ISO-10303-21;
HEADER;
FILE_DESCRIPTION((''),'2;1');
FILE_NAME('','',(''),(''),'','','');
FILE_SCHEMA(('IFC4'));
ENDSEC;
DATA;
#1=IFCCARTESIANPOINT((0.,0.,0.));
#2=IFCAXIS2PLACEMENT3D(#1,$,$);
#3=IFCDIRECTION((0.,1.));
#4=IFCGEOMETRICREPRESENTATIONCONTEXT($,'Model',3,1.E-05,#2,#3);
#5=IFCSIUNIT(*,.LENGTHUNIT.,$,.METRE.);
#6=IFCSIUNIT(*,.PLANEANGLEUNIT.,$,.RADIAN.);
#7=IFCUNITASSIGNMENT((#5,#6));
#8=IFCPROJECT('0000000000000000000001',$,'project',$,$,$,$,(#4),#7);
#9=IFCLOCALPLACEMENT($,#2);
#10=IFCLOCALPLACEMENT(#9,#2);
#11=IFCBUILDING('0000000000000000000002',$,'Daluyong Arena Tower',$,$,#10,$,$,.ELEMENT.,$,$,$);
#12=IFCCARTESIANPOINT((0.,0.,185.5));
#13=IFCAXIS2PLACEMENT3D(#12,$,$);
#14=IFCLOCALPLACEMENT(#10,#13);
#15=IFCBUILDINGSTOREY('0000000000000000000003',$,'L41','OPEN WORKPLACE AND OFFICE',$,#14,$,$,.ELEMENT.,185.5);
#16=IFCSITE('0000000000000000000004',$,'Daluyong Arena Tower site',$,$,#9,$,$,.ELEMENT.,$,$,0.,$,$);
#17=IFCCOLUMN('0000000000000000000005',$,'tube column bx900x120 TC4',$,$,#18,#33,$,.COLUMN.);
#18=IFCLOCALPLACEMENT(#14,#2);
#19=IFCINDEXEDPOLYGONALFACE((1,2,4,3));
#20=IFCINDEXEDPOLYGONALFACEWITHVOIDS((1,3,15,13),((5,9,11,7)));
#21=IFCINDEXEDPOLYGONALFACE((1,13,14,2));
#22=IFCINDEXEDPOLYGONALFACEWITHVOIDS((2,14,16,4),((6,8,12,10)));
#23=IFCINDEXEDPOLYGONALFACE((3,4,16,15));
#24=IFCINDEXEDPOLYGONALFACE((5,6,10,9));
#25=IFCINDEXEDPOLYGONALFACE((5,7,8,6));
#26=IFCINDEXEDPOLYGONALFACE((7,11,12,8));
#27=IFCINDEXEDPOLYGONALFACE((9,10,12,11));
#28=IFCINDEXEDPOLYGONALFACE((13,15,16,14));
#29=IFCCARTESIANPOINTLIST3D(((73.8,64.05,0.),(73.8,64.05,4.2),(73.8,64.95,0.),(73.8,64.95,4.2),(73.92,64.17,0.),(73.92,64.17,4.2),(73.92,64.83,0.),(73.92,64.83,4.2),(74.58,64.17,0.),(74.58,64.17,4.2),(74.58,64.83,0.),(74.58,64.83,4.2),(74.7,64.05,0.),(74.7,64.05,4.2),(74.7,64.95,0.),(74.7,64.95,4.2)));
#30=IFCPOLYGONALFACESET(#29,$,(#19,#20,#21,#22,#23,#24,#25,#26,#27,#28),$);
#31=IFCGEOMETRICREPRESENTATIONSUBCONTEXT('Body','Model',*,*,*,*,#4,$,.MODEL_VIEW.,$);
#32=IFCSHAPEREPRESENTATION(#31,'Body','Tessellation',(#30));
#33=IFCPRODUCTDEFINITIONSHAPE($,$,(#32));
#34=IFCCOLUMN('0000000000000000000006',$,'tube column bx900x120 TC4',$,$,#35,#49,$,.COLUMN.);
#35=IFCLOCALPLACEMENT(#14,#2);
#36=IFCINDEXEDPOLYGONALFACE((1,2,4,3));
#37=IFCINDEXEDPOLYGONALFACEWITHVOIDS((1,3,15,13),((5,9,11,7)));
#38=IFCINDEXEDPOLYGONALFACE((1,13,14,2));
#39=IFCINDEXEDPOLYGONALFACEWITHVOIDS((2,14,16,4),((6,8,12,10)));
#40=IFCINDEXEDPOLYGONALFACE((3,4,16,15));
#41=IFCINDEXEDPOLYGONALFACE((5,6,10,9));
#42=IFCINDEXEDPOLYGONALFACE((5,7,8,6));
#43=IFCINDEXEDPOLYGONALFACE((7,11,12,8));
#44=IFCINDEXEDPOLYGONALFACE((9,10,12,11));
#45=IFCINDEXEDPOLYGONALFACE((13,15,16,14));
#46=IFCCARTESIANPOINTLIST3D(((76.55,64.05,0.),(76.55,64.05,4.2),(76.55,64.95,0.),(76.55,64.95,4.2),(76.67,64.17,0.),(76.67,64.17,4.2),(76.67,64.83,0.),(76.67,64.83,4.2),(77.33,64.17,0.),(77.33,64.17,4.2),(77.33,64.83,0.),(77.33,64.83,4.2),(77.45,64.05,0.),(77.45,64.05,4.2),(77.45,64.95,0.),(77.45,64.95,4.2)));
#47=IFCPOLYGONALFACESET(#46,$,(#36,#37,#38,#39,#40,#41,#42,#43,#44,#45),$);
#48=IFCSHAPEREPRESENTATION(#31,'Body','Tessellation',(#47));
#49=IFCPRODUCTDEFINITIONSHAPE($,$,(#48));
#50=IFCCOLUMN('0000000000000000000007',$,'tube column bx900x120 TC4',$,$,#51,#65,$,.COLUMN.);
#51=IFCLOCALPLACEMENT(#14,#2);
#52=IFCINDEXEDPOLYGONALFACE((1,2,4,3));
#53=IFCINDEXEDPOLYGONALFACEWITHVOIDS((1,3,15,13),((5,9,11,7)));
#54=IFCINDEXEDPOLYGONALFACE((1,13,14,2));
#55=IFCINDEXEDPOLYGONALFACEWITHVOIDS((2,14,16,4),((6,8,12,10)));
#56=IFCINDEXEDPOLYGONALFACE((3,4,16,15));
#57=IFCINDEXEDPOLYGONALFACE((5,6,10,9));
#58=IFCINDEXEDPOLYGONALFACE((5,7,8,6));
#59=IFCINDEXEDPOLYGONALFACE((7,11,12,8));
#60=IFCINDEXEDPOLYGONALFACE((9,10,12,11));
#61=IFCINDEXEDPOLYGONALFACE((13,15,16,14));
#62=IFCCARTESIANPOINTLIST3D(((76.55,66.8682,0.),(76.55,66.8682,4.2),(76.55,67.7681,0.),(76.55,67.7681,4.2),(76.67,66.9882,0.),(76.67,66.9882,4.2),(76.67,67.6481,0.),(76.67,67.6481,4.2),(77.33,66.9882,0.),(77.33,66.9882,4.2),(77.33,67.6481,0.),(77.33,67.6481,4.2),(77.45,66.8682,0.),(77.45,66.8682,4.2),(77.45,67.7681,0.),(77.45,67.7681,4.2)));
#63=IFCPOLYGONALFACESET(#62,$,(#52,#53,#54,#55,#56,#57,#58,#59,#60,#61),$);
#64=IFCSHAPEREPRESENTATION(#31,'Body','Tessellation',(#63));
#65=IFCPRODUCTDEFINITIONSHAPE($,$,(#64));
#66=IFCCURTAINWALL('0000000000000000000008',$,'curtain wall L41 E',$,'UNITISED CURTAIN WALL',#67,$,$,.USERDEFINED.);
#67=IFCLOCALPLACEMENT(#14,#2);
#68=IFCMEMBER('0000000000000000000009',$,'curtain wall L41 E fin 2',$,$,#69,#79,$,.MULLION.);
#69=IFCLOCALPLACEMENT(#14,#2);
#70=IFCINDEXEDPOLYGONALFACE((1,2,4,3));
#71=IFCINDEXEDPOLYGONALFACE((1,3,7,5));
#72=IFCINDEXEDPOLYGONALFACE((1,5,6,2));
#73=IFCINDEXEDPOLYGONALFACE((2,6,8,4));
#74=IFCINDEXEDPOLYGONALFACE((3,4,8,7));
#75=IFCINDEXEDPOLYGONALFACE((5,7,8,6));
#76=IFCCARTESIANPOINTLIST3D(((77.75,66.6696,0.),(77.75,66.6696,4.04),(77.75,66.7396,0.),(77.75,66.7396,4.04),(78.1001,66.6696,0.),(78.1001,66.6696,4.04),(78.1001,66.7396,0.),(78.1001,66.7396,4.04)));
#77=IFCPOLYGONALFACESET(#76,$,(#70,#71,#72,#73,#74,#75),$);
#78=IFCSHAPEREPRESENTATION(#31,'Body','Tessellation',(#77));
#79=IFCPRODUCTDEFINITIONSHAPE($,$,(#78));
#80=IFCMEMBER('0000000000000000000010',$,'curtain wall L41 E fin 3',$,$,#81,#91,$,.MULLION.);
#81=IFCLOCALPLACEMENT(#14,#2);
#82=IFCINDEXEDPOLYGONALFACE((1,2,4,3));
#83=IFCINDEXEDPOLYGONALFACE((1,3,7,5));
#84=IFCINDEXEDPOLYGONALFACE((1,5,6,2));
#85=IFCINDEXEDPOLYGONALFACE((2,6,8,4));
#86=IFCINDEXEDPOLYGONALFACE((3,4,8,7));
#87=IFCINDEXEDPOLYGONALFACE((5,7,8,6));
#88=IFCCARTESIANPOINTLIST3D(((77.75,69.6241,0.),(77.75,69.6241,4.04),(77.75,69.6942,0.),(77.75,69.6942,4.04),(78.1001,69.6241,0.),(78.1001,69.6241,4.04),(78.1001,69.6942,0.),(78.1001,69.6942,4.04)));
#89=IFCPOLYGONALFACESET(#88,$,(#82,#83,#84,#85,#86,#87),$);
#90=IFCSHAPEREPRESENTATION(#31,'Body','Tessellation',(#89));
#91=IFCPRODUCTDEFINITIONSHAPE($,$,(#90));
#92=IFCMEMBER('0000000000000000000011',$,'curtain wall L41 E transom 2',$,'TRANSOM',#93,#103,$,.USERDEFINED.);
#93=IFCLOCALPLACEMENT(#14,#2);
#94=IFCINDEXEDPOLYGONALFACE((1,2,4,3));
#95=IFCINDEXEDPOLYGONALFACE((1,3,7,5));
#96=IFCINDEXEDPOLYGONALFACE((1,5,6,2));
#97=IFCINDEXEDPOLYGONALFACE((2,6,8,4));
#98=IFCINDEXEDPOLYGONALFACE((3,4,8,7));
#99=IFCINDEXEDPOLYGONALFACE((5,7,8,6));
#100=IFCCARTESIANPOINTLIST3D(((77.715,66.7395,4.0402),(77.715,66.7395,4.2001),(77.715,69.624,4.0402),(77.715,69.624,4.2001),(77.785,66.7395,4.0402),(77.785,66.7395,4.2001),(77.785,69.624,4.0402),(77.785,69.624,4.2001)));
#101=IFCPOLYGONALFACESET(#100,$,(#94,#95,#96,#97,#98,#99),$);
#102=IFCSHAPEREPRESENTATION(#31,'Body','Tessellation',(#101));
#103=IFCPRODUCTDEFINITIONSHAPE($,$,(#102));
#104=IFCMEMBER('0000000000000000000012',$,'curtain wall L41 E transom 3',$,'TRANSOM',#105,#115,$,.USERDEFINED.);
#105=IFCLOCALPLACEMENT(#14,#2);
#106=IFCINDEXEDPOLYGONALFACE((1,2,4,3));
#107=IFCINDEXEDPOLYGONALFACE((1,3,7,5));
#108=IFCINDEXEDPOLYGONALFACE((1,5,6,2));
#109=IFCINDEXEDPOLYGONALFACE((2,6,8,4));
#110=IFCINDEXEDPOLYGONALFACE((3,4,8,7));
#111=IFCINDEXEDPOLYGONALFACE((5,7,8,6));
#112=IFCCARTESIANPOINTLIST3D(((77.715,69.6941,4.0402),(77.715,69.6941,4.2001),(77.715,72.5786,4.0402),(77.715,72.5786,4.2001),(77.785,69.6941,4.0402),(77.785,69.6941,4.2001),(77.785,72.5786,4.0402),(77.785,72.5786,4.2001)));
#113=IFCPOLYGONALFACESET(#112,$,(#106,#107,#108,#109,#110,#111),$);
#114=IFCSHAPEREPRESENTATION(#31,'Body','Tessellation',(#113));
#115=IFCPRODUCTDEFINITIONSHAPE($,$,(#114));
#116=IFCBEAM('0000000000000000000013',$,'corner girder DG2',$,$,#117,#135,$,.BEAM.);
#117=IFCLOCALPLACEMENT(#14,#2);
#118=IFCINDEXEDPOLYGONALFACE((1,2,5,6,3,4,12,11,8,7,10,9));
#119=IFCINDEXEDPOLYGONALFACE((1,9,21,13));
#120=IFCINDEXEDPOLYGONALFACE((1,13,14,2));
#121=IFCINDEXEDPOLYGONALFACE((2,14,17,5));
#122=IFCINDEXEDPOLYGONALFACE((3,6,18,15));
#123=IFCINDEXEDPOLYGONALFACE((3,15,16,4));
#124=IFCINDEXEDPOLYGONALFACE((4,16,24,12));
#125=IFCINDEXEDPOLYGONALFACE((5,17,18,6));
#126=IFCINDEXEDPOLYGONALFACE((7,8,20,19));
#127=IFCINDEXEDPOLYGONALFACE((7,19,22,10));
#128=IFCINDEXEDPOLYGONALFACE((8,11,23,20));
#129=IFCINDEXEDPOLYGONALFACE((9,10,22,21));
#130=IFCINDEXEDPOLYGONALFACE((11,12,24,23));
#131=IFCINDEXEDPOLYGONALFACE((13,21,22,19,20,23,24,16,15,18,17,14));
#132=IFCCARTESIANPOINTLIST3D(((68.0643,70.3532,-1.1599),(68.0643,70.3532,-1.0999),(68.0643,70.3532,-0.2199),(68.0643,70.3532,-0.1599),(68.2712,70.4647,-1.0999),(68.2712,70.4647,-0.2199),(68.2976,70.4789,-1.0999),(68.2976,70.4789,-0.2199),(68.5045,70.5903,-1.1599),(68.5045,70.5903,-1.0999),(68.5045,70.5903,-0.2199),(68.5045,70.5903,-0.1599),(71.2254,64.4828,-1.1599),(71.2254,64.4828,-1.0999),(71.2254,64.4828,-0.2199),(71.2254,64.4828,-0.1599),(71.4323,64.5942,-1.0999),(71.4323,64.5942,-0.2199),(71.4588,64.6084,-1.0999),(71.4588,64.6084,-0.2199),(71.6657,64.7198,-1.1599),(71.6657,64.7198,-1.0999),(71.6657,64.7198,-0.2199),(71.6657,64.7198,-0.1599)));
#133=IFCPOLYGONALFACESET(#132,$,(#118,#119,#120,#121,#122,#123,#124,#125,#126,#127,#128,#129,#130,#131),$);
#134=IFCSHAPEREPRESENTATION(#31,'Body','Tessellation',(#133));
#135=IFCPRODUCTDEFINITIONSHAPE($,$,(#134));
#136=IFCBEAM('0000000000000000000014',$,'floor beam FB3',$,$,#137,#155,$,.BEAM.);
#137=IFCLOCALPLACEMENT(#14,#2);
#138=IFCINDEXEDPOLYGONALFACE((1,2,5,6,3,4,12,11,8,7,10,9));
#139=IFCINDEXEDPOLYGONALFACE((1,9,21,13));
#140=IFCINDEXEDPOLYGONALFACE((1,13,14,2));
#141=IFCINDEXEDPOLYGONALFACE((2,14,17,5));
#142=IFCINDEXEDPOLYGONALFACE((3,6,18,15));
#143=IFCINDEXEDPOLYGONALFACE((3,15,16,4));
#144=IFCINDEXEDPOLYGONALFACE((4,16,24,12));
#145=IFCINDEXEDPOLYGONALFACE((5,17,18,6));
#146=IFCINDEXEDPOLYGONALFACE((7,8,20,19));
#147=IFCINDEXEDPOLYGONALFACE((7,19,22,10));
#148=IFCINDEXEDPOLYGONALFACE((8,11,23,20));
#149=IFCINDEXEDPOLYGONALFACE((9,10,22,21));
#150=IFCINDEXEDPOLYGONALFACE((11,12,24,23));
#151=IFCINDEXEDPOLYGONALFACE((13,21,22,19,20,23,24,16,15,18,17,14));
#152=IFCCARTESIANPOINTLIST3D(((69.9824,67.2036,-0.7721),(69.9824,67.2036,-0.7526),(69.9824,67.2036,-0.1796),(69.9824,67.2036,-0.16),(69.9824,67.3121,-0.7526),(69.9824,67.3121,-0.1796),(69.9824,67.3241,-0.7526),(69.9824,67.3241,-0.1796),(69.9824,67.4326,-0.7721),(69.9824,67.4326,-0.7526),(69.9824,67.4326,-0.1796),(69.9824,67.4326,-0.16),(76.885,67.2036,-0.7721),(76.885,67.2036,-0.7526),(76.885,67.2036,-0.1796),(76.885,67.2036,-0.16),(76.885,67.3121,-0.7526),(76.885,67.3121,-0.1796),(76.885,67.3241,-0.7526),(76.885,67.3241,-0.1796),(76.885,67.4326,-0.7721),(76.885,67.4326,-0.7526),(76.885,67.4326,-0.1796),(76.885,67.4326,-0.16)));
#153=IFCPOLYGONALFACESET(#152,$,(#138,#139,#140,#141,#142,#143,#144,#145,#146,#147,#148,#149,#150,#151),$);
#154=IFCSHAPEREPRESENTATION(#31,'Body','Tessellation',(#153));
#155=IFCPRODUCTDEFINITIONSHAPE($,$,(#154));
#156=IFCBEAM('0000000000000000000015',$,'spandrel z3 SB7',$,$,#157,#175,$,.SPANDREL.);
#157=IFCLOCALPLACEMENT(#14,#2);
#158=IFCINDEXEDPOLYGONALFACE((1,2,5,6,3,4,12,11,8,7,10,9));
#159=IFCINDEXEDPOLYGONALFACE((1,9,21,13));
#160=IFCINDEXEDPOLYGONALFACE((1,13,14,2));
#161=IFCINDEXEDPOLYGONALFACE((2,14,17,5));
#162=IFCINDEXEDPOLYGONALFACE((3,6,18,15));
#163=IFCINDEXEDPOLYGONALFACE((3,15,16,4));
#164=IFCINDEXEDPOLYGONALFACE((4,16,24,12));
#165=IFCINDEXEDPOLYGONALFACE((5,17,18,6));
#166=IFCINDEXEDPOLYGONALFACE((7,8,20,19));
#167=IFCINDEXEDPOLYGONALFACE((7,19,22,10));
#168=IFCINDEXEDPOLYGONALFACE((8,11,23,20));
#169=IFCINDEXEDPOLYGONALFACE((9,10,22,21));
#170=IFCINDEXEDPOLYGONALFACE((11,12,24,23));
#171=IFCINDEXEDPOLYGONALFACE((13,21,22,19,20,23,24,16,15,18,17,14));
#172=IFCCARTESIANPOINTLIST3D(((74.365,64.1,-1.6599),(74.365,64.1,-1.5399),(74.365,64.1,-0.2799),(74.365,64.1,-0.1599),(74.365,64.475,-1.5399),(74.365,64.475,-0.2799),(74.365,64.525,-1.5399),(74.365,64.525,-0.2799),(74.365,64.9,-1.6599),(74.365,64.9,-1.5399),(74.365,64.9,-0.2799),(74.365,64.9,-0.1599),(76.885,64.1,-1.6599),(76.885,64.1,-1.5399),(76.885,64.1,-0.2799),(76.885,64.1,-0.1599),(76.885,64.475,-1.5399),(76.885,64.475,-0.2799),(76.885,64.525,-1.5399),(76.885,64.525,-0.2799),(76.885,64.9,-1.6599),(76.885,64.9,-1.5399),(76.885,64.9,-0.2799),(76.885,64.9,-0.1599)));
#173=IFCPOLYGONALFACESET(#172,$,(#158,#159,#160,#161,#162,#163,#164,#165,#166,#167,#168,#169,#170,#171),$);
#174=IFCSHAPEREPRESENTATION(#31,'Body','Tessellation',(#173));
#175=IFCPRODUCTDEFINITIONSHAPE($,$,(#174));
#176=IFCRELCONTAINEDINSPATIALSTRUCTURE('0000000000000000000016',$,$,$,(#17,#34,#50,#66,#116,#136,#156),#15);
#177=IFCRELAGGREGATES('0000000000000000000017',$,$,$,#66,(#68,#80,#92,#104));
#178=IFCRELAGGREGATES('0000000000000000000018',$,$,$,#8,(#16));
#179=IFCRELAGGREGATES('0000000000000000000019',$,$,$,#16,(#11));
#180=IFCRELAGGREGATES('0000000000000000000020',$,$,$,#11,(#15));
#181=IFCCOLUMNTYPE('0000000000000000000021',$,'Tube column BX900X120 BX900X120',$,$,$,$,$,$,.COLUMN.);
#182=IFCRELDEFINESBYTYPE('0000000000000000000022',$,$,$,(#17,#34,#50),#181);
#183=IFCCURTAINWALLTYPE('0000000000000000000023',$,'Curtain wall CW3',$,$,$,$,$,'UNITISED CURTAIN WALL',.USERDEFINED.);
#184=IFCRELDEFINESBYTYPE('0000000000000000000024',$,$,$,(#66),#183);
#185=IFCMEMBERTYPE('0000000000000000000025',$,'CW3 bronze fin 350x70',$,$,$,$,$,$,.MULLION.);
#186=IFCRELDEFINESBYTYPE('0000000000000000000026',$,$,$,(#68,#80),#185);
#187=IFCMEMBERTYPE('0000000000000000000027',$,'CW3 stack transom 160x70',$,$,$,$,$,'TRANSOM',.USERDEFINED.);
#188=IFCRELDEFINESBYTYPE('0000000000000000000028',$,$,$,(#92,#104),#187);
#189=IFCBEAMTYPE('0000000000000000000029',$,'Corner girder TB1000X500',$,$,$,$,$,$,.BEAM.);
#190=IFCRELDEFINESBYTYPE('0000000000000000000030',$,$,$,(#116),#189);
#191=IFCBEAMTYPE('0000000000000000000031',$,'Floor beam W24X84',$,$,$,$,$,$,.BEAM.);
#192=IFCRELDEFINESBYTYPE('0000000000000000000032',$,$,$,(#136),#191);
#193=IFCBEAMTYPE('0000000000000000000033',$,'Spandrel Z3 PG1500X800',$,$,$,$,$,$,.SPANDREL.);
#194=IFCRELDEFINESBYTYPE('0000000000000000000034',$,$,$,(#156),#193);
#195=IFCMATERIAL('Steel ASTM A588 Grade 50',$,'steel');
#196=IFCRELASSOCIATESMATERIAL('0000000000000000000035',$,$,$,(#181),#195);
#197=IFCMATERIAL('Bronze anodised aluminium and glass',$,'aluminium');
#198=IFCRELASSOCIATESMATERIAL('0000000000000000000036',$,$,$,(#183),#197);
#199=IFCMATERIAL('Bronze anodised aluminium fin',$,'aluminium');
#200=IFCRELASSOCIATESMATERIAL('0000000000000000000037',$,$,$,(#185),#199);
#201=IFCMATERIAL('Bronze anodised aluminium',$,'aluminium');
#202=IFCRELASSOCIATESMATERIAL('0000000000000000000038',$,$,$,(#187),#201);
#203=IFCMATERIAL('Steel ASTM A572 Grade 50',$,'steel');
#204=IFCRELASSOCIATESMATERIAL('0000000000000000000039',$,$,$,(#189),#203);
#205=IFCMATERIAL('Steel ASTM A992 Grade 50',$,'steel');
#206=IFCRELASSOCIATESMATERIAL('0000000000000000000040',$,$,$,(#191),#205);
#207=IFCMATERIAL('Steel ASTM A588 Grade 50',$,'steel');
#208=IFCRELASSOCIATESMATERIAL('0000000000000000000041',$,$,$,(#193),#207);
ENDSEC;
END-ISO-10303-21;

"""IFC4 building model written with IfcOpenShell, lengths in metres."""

from ifc_helpers import new_model, si_unit, direction, frame, origin, origin_2d, place, context, subcontext, project, spatial, rectangle, hollow_rectangle, i_section, extrude, material, material_profile, profile_set, type_object, element, aggregate, save


model = new_model("IFC4")

# Units and contexts
model_context = context("Model", 3, precision=1e-05, world=origin(), true_north=direction((0.0, 1.0)))
body_context = subcontext(model_context, "Body", "Model", "MODEL_VIEW")
ifc_project = project(units=[si_unit("LENGTHUNIT", "METRE"), si_unit("PLANEANGLEUNIT", "RADIAN")], contexts=[model_context])

# Site, building, storey
site_placement = place(None, origin())
site = spatial("IfcSite", under=ifc_project, at=site_placement, Name="Daluyong Arena Tower site", CompositionType="ELEMENT", RefElevation=0.0)
building_placement = place(site_placement, origin())
building = spatial("IfcBuilding", under=site, at=building_placement, Name="Daluyong Arena Tower", CompositionType="ELEMENT")
storey_placement = place(building_placement, frame((0.0, 0.0, 185.5)))
storey = spatial("IfcBuildingStorey", under=building, at=storey_placement, Name="L41", Description="OPEN WORKPLACE AND OFFICE", CompositionType="ELEMENT", Elevation=185.5)

# Columns
ifc_material_1 = material(Name="Steel ASTM A588 Grade 50", Category="steel")
ifc_material_profile_1 = material_profile(ifc_material_1, hollow_rectangle(XDim=0.8999, YDim=0.8999, WallThickness=0.12, at=origin_2d()))
ifc_profile_set_1 = profile_set([ifc_material_profile_1], Name="Steel ASTM A588 Grade 50")
column_type = type_object("IfcColumnType", Name="Tube column BX900X120 BX900X120", PredefinedType="COLUMN", material=ifc_profile_set_1)
for number, where, z_axis, x_axis, name in (
    (1, (74.25, 64.5, 0.0), (0.0, 0.0, 1.0), (1.0, 0.0, 0.0), "tube column bx900x120 TC4"),
    (2, (77.0, 64.5, 0.0), (0.0, 0.0, 1.0), (0.0, 1.0, 0.0), "tube column bx900x120 TC4"),
    (3, (77.0, 67.3181, 0.0), (0.0, 0.0, 1.0), (0.0, 1.0, 0.0), "tube column bx900x120 TC4"),
):
    element("IfcColumn", number, at=place(storey_placement, frame(where, z_axis=z_axis, x_axis=x_axis)), inside=storey, type_object=column_type, Name=name, PredefinedType="COLUMN", context=body_context, shape_type="SweptSolid", body=[
        extrude(hollow_rectangle(XDim=0.8999, YDim=0.8999, WallThickness=0.12, at=origin_2d()), origin(), (0.0, 0.0, 1.0), 4.2),
    ])

# Curtain wall, members
ifc_material_2 = material(Name="Bronze anodised aluminium and glass", Category="aluminium")
curtain_wall_type = type_object("IfcCurtainWallType", Name="Curtain wall CW3", ElementType="UNITISED CURTAIN WALL", PredefinedType="USERDEFINED", material=ifc_material_2)
curtain_wall_placement = place(storey_placement, origin())
curtain_wall = element("IfcCurtainWall", 4, at=curtain_wall_placement, inside=storey, type_object=curtain_wall_type, Name="curtain wall L41 E", ObjectType="UNITISED CURTAIN WALL", PredefinedType="USERDEFINED")
ifc_material_3 = material(Name="Bronze anodised aluminium fin", Category="aluminium")
ifc_material_profile_2 = material_profile(ifc_material_3, rectangle(XDim=0.3501, YDim=0.0701, at=origin_2d()))
ifc_profile_set_2 = profile_set([ifc_material_profile_2], Name="Bronze anodised aluminium fin")
member_type_1 = type_object("IfcMemberType", Name="CW3 bronze fin 350x70", PredefinedType="MULLION", material=ifc_profile_set_2)
member_1_placement = place(storey_placement, frame((77.925, 66.7046, 0.0), z_axis=(0.0, 0.0, 1.0), x_axis=(-1.0, 0.0, 0.0)))
member_1 = element("IfcMember", 5, at=member_1_placement, type_object=member_type_1, Name="curtain wall L41 E fin 2", PredefinedType="MULLION", context=body_context, shape_type="SweptSolid", body=[
    extrude(rectangle(XDim=0.3501, YDim=0.0701, at=origin_2d()), origin(), (0.0, 0.0, 1.0), 4.04),
])
member_2_placement = place(storey_placement, frame((77.925, 69.6592, 0.0), z_axis=(0.0, 0.0, 1.0), x_axis=(-1.0, 0.0, 0.0)))
member_2 = element("IfcMember", 6, at=member_2_placement, type_object=member_type_1, Name="curtain wall L41 E fin 3", PredefinedType="MULLION", context=body_context, shape_type="SweptSolid", body=[
    extrude(rectangle(XDim=0.3501, YDim=0.0701, at=origin_2d()), origin(), (0.0, 0.0, 1.0), 4.04),
])
ifc_material_4 = material(Name="Bronze anodised aluminium", Category="aluminium")
ifc_material_profile_3 = material_profile(ifc_material_4, rectangle(XDim=0.0701, YDim=0.1599, at=origin_2d()))
ifc_profile_set_3 = profile_set([ifc_material_profile_3], Name="Bronze anodised aluminium")
member_type_2 = type_object("IfcMemberType", Name="CW3 stack transom 160x70", ElementType="TRANSOM", PredefinedType="USERDEFINED", material=ifc_profile_set_3)
member_3_placement = place(storey_placement, frame((77.75, 66.7395, 4.1201), z_axis=(0.0, 1.0, 0.0), x_axis=(-1.0, 0.0, 0.0)))
member_3 = element("IfcMember", 7, at=member_3_placement, type_object=member_type_2, Name="curtain wall L41 E transom 2", ObjectType="TRANSOM", PredefinedType="USERDEFINED", context=body_context, shape_type="SweptSolid", body=[
    extrude(rectangle(XDim=0.0701, YDim=0.1599, at=origin_2d()), origin(), (0.0, 0.0, 1.0), 2.8845),
])
member_4_placement = place(storey_placement, frame((77.75, 69.6941, 4.1201), z_axis=(0.0, 1.0, 0.0), x_axis=(-1.0, 0.0, 0.0)))
member_4 = element("IfcMember", 8, at=member_4_placement, type_object=member_type_2, Name="curtain wall L41 E transom 3", ObjectType="TRANSOM", PredefinedType="USERDEFINED", context=body_context, shape_type="SweptSolid", body=[
    extrude(rectangle(XDim=0.0701, YDim=0.1599, at=origin_2d()), origin(), (0.0, 0.0, 1.0), 2.8845),
])

# Beams
ifc_material_5 = material(Name="Steel ASTM A572 Grade 50", Category="steel")
ifc_material_profile_4 = material_profile(ifc_material_5, i_section(OverallWidth=0.5, OverallDepth=1.0, WebThickness=0.03, FlangeThickness=0.06, at=origin_2d()))
ifc_profile_set_4 = profile_set([ifc_material_profile_4], Name="Steel ASTM A572 Grade 50")
beam_type_1 = type_object("IfcBeamType", Name="Corner girder TB1000X500", PredefinedType="BEAM", material=ifc_profile_set_4)
beam_1_placement = place(storey_placement, frame((71.4456, 64.6013, -0.6599), z_axis=(-0.474119, 0.880461, 0.0), x_axis=(-0.880461, -0.474119, 0.0)))
element("IfcBeam", 9, at=beam_1_placement, inside=storey, type_object=beam_type_1, Name="corner girder DG2", PredefinedType="BEAM", context=body_context, shape_type="SweptSolid", body=[
    extrude(i_section(OverallWidth=0.5, OverallDepth=1.0, WebThickness=0.03, FlangeThickness=0.06, at=origin_2d()), origin(), (0.0, 0.0, 1.0), 6.6675),
])
ifc_material_6 = material(Name="Steel ASTM A992 Grade 50", Category="steel")
ifc_material_profile_5 = material_profile(ifc_material_6, i_section(OverallWidth=0.229, OverallDepth=0.6121, WebThickness=0.012, FlangeThickness=0.0195, at=origin_2d()))
ifc_profile_set_5 = profile_set([ifc_material_profile_5], Name="Steel ASTM A992 Grade 50")
beam_type_2 = type_object("IfcBeamType", Name="Floor beam W24X84", PredefinedType="BEAM", material=ifc_profile_set_5)
beam_2_placement = place(storey_placement, frame((76.885, 67.3181, -0.4661), z_axis=(-1.0, 0.0, 0.0), x_axis=(0.0, -1.0, 0.0)))
element("IfcBeam", 10, at=beam_2_placement, inside=storey, type_object=beam_type_2, Name="floor beam FB3", PredefinedType="BEAM", context=body_context, shape_type="SweptSolid", body=[
    extrude(i_section(OverallWidth=0.229, OverallDepth=0.6121, WebThickness=0.012, FlangeThickness=0.0195, at=origin_2d()), origin(), (0.0, 0.0, 1.0), 6.9026),
])
ifc_material_7 = material(Name="Steel ASTM A588 Grade 50", Category="steel")
ifc_material_profile_6 = material_profile(ifc_material_7, i_section(OverallWidth=0.8, OverallDepth=1.5, WebThickness=0.05, FlangeThickness=0.12, at=origin_2d()))
ifc_profile_set_6 = profile_set([ifc_material_profile_6], Name="Steel ASTM A588 Grade 50")
beam_type_3 = type_object("IfcBeamType", Name="Spandrel Z3 PG1500X800", PredefinedType="SPANDREL", material=ifc_profile_set_6)
beam_3_placement = place(storey_placement, frame((74.365, 64.5, -0.9099), z_axis=(1.0, 0.0, 0.0), x_axis=(0.0, 1.0, 0.0)))
element("IfcBeam", 11, at=beam_3_placement, inside=storey, type_object=beam_type_3, Name="spandrel z3 SB7", PredefinedType="SPANDREL", context=body_context, shape_type="SweptSolid", body=[
    extrude(i_section(OverallWidth=0.8, OverallDepth=1.5, WebThickness=0.05, FlangeThickness=0.12, at=origin_2d()), origin(), (0.0, 0.0, 1.0), 2.52),
])

aggregate(curtain_wall, [member_1, member_2, member_3, member_4])

save(model, "model.ifc")
